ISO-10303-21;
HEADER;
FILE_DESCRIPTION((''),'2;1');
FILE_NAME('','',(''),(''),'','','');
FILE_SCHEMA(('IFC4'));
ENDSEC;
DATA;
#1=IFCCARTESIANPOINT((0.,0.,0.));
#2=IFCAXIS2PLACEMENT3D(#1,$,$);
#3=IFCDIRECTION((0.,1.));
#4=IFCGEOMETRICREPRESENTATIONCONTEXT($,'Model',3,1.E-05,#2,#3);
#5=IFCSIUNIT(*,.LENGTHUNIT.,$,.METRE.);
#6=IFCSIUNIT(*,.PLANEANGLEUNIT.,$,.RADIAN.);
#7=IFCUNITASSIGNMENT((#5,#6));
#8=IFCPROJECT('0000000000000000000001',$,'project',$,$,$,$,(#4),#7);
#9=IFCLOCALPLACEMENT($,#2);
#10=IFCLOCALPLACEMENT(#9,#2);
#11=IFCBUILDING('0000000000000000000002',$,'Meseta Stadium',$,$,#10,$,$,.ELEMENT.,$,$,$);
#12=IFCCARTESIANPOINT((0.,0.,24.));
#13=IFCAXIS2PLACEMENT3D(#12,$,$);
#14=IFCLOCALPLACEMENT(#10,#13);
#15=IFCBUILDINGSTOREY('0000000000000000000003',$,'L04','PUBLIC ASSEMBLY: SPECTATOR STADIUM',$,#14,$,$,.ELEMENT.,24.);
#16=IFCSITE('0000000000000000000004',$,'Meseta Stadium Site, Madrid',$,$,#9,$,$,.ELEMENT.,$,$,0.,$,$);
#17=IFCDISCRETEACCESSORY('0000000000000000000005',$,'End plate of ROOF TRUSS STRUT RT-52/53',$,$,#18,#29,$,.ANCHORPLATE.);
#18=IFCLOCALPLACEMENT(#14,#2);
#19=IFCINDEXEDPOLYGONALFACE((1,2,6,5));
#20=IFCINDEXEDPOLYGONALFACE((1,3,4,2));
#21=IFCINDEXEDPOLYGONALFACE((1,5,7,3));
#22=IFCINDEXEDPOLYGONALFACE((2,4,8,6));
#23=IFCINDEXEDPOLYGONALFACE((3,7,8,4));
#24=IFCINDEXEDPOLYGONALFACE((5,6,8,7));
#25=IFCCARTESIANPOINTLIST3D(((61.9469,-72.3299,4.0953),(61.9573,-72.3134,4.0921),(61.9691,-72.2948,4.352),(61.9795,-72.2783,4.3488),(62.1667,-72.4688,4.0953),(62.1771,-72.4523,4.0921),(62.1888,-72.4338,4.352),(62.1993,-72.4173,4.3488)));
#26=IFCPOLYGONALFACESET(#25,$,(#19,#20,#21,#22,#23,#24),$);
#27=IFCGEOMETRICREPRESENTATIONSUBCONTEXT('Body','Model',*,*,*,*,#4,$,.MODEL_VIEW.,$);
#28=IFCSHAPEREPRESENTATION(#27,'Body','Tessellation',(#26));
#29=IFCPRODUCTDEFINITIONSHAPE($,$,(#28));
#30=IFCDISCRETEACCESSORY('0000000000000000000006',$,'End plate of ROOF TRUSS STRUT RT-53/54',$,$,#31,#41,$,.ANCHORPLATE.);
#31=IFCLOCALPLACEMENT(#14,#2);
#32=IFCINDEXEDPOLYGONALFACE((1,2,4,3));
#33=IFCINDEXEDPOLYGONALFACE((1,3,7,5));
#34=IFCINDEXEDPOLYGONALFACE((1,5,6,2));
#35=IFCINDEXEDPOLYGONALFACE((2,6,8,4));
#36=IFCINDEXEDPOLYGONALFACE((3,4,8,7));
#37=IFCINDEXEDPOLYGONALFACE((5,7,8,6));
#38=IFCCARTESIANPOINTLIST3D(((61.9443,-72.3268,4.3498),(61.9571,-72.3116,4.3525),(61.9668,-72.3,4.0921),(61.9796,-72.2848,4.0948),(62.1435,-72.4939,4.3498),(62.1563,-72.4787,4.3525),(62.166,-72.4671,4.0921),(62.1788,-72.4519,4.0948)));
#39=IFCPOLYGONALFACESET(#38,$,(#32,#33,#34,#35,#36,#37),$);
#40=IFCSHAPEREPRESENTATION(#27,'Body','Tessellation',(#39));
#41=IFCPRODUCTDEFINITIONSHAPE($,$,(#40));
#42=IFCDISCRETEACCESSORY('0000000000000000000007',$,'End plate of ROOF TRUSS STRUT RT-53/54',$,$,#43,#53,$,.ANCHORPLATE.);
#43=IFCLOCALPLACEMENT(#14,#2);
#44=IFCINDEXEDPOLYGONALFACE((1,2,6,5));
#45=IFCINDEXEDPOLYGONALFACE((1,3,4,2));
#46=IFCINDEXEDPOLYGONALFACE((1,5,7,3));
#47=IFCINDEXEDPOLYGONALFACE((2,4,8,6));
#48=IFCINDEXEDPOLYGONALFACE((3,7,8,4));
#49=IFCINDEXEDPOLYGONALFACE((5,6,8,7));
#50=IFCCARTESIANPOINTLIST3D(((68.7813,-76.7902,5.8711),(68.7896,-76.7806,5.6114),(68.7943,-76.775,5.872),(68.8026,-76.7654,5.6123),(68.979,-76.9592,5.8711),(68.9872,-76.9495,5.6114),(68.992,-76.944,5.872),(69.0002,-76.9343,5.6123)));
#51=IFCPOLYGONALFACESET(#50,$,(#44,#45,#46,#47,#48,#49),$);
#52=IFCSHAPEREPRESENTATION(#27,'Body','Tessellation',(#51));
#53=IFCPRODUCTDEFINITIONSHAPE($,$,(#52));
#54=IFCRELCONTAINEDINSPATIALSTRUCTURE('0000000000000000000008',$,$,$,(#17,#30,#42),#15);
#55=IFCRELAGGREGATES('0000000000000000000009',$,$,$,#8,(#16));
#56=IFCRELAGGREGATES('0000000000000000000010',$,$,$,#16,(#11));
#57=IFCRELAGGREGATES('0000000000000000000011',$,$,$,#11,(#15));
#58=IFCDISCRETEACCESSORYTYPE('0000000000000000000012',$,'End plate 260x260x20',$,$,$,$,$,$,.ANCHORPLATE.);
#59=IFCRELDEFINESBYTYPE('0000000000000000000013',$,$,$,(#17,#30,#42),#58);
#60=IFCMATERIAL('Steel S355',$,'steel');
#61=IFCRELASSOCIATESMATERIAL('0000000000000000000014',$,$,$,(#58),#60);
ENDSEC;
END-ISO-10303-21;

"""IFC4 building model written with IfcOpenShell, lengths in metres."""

from ifc_helpers import new_model, si_unit, direction, frame, origin, origin_2d, place, context, subcontext, project, spatial, rectangle, extrude, material, material_profile, profile_set, type_object, element, save


model = new_model("IFC4")

# Units and contexts
model_context = context("Model", 3, precision=1e-05, world=origin(), true_north=direction((0.0, 1.0)))
body_context = subcontext(model_context, "Body", "Model", "MODEL_VIEW")
ifc_project = project(units=[si_unit("LENGTHUNIT", "METRE"), si_unit("PLANEANGLEUNIT", "RADIAN")], contexts=[model_context])

# Site, building, storey
site_placement = place(None, origin())
site = spatial("IfcSite", under=ifc_project, at=site_placement, Name="Meseta Stadium Site, Madrid", CompositionType="ELEMENT", RefElevation=0.0)
building_placement = place(site_placement, origin())
building = spatial("IfcBuilding", under=site, at=building_placement, Name="Meseta Stadium", CompositionType="ELEMENT")
storey_placement = place(building_placement, frame((0.0, 0.0, 24.0)))
storey = spatial("IfcBuildingStorey", under=building, at=storey_placement, Name="L04", Description="PUBLIC ASSEMBLY: SPECTATOR STADIUM", CompositionType="ELEMENT", Elevation=24.0)

# Discrete accessories
ifc_material_1 = material(Name="Steel S355", Category="steel")
ifc_material_profile_1 = material_profile(ifc_material_1, rectangle(XDim=0.26, YDim=0.26, at=origin_2d()), Name="PL 260x260")
ifc_profile_set_1 = profile_set([ifc_material_profile_1], Name="Steel S355")
discrete_accessory_type_1 = type_object("IfcDiscreteAccessoryType", Name="End plate 260x260x20", PredefinedType="ANCHORPLATE", material=ifc_profile_set_1)
discrete_accessory_1_placement = place(storey_placement, frame((62.0679, -72.3818, 4.2236), z_axis=(0.527617, 0.834372, -0.159512), x_axis=(-0.845193, 0.534461, 0.0)))
element("IfcDiscreteAccessory", 1, at=discrete_accessory_1_placement, inside=storey, type_object=discrete_accessory_type_1, Name="End plate of ROOF TRUSS STRUT RT-52/53", PredefinedType="ANCHORPLATE", context=body_context, shape_type="SweptSolid", body=[
    extrude(rectangle(XDim=0.26, YDim=0.26, at=origin_2d()), origin(), (0.0, 0.0, 1.0), 0.0198),
])
for number, where, z_axis, x_axis, name in (
    (2, (62.0552, -72.397, 4.2209), (0.636756, 0.759209, 0.134698), (-0.766192, 0.642612, 0.0), "End plate of ROOF TRUSS STRUT RT-53/54"),
    (3, (68.8843, -76.8699, 5.7412), (0.649001, 0.759209, 0.048981), (-0.760121, 0.649781, 0.0), "End plate of ROOF TRUSS STRUT RT-53/54"),
):
    element("IfcDiscreteAccessory", number, at=place(storey_placement, frame(where, z_axis=z_axis, x_axis=x_axis)), inside=storey, type_object=discrete_accessory_type_1, Name=name, PredefinedType="ANCHORPLATE", context=body_context, shape_type="SweptSolid", body=[
        extrude(rectangle(XDim=0.26, YDim=0.26, at=origin_2d()), origin(), (0.0, 0.0, 1.0), 0.02),
    ])

save(model, "model.ifc")
